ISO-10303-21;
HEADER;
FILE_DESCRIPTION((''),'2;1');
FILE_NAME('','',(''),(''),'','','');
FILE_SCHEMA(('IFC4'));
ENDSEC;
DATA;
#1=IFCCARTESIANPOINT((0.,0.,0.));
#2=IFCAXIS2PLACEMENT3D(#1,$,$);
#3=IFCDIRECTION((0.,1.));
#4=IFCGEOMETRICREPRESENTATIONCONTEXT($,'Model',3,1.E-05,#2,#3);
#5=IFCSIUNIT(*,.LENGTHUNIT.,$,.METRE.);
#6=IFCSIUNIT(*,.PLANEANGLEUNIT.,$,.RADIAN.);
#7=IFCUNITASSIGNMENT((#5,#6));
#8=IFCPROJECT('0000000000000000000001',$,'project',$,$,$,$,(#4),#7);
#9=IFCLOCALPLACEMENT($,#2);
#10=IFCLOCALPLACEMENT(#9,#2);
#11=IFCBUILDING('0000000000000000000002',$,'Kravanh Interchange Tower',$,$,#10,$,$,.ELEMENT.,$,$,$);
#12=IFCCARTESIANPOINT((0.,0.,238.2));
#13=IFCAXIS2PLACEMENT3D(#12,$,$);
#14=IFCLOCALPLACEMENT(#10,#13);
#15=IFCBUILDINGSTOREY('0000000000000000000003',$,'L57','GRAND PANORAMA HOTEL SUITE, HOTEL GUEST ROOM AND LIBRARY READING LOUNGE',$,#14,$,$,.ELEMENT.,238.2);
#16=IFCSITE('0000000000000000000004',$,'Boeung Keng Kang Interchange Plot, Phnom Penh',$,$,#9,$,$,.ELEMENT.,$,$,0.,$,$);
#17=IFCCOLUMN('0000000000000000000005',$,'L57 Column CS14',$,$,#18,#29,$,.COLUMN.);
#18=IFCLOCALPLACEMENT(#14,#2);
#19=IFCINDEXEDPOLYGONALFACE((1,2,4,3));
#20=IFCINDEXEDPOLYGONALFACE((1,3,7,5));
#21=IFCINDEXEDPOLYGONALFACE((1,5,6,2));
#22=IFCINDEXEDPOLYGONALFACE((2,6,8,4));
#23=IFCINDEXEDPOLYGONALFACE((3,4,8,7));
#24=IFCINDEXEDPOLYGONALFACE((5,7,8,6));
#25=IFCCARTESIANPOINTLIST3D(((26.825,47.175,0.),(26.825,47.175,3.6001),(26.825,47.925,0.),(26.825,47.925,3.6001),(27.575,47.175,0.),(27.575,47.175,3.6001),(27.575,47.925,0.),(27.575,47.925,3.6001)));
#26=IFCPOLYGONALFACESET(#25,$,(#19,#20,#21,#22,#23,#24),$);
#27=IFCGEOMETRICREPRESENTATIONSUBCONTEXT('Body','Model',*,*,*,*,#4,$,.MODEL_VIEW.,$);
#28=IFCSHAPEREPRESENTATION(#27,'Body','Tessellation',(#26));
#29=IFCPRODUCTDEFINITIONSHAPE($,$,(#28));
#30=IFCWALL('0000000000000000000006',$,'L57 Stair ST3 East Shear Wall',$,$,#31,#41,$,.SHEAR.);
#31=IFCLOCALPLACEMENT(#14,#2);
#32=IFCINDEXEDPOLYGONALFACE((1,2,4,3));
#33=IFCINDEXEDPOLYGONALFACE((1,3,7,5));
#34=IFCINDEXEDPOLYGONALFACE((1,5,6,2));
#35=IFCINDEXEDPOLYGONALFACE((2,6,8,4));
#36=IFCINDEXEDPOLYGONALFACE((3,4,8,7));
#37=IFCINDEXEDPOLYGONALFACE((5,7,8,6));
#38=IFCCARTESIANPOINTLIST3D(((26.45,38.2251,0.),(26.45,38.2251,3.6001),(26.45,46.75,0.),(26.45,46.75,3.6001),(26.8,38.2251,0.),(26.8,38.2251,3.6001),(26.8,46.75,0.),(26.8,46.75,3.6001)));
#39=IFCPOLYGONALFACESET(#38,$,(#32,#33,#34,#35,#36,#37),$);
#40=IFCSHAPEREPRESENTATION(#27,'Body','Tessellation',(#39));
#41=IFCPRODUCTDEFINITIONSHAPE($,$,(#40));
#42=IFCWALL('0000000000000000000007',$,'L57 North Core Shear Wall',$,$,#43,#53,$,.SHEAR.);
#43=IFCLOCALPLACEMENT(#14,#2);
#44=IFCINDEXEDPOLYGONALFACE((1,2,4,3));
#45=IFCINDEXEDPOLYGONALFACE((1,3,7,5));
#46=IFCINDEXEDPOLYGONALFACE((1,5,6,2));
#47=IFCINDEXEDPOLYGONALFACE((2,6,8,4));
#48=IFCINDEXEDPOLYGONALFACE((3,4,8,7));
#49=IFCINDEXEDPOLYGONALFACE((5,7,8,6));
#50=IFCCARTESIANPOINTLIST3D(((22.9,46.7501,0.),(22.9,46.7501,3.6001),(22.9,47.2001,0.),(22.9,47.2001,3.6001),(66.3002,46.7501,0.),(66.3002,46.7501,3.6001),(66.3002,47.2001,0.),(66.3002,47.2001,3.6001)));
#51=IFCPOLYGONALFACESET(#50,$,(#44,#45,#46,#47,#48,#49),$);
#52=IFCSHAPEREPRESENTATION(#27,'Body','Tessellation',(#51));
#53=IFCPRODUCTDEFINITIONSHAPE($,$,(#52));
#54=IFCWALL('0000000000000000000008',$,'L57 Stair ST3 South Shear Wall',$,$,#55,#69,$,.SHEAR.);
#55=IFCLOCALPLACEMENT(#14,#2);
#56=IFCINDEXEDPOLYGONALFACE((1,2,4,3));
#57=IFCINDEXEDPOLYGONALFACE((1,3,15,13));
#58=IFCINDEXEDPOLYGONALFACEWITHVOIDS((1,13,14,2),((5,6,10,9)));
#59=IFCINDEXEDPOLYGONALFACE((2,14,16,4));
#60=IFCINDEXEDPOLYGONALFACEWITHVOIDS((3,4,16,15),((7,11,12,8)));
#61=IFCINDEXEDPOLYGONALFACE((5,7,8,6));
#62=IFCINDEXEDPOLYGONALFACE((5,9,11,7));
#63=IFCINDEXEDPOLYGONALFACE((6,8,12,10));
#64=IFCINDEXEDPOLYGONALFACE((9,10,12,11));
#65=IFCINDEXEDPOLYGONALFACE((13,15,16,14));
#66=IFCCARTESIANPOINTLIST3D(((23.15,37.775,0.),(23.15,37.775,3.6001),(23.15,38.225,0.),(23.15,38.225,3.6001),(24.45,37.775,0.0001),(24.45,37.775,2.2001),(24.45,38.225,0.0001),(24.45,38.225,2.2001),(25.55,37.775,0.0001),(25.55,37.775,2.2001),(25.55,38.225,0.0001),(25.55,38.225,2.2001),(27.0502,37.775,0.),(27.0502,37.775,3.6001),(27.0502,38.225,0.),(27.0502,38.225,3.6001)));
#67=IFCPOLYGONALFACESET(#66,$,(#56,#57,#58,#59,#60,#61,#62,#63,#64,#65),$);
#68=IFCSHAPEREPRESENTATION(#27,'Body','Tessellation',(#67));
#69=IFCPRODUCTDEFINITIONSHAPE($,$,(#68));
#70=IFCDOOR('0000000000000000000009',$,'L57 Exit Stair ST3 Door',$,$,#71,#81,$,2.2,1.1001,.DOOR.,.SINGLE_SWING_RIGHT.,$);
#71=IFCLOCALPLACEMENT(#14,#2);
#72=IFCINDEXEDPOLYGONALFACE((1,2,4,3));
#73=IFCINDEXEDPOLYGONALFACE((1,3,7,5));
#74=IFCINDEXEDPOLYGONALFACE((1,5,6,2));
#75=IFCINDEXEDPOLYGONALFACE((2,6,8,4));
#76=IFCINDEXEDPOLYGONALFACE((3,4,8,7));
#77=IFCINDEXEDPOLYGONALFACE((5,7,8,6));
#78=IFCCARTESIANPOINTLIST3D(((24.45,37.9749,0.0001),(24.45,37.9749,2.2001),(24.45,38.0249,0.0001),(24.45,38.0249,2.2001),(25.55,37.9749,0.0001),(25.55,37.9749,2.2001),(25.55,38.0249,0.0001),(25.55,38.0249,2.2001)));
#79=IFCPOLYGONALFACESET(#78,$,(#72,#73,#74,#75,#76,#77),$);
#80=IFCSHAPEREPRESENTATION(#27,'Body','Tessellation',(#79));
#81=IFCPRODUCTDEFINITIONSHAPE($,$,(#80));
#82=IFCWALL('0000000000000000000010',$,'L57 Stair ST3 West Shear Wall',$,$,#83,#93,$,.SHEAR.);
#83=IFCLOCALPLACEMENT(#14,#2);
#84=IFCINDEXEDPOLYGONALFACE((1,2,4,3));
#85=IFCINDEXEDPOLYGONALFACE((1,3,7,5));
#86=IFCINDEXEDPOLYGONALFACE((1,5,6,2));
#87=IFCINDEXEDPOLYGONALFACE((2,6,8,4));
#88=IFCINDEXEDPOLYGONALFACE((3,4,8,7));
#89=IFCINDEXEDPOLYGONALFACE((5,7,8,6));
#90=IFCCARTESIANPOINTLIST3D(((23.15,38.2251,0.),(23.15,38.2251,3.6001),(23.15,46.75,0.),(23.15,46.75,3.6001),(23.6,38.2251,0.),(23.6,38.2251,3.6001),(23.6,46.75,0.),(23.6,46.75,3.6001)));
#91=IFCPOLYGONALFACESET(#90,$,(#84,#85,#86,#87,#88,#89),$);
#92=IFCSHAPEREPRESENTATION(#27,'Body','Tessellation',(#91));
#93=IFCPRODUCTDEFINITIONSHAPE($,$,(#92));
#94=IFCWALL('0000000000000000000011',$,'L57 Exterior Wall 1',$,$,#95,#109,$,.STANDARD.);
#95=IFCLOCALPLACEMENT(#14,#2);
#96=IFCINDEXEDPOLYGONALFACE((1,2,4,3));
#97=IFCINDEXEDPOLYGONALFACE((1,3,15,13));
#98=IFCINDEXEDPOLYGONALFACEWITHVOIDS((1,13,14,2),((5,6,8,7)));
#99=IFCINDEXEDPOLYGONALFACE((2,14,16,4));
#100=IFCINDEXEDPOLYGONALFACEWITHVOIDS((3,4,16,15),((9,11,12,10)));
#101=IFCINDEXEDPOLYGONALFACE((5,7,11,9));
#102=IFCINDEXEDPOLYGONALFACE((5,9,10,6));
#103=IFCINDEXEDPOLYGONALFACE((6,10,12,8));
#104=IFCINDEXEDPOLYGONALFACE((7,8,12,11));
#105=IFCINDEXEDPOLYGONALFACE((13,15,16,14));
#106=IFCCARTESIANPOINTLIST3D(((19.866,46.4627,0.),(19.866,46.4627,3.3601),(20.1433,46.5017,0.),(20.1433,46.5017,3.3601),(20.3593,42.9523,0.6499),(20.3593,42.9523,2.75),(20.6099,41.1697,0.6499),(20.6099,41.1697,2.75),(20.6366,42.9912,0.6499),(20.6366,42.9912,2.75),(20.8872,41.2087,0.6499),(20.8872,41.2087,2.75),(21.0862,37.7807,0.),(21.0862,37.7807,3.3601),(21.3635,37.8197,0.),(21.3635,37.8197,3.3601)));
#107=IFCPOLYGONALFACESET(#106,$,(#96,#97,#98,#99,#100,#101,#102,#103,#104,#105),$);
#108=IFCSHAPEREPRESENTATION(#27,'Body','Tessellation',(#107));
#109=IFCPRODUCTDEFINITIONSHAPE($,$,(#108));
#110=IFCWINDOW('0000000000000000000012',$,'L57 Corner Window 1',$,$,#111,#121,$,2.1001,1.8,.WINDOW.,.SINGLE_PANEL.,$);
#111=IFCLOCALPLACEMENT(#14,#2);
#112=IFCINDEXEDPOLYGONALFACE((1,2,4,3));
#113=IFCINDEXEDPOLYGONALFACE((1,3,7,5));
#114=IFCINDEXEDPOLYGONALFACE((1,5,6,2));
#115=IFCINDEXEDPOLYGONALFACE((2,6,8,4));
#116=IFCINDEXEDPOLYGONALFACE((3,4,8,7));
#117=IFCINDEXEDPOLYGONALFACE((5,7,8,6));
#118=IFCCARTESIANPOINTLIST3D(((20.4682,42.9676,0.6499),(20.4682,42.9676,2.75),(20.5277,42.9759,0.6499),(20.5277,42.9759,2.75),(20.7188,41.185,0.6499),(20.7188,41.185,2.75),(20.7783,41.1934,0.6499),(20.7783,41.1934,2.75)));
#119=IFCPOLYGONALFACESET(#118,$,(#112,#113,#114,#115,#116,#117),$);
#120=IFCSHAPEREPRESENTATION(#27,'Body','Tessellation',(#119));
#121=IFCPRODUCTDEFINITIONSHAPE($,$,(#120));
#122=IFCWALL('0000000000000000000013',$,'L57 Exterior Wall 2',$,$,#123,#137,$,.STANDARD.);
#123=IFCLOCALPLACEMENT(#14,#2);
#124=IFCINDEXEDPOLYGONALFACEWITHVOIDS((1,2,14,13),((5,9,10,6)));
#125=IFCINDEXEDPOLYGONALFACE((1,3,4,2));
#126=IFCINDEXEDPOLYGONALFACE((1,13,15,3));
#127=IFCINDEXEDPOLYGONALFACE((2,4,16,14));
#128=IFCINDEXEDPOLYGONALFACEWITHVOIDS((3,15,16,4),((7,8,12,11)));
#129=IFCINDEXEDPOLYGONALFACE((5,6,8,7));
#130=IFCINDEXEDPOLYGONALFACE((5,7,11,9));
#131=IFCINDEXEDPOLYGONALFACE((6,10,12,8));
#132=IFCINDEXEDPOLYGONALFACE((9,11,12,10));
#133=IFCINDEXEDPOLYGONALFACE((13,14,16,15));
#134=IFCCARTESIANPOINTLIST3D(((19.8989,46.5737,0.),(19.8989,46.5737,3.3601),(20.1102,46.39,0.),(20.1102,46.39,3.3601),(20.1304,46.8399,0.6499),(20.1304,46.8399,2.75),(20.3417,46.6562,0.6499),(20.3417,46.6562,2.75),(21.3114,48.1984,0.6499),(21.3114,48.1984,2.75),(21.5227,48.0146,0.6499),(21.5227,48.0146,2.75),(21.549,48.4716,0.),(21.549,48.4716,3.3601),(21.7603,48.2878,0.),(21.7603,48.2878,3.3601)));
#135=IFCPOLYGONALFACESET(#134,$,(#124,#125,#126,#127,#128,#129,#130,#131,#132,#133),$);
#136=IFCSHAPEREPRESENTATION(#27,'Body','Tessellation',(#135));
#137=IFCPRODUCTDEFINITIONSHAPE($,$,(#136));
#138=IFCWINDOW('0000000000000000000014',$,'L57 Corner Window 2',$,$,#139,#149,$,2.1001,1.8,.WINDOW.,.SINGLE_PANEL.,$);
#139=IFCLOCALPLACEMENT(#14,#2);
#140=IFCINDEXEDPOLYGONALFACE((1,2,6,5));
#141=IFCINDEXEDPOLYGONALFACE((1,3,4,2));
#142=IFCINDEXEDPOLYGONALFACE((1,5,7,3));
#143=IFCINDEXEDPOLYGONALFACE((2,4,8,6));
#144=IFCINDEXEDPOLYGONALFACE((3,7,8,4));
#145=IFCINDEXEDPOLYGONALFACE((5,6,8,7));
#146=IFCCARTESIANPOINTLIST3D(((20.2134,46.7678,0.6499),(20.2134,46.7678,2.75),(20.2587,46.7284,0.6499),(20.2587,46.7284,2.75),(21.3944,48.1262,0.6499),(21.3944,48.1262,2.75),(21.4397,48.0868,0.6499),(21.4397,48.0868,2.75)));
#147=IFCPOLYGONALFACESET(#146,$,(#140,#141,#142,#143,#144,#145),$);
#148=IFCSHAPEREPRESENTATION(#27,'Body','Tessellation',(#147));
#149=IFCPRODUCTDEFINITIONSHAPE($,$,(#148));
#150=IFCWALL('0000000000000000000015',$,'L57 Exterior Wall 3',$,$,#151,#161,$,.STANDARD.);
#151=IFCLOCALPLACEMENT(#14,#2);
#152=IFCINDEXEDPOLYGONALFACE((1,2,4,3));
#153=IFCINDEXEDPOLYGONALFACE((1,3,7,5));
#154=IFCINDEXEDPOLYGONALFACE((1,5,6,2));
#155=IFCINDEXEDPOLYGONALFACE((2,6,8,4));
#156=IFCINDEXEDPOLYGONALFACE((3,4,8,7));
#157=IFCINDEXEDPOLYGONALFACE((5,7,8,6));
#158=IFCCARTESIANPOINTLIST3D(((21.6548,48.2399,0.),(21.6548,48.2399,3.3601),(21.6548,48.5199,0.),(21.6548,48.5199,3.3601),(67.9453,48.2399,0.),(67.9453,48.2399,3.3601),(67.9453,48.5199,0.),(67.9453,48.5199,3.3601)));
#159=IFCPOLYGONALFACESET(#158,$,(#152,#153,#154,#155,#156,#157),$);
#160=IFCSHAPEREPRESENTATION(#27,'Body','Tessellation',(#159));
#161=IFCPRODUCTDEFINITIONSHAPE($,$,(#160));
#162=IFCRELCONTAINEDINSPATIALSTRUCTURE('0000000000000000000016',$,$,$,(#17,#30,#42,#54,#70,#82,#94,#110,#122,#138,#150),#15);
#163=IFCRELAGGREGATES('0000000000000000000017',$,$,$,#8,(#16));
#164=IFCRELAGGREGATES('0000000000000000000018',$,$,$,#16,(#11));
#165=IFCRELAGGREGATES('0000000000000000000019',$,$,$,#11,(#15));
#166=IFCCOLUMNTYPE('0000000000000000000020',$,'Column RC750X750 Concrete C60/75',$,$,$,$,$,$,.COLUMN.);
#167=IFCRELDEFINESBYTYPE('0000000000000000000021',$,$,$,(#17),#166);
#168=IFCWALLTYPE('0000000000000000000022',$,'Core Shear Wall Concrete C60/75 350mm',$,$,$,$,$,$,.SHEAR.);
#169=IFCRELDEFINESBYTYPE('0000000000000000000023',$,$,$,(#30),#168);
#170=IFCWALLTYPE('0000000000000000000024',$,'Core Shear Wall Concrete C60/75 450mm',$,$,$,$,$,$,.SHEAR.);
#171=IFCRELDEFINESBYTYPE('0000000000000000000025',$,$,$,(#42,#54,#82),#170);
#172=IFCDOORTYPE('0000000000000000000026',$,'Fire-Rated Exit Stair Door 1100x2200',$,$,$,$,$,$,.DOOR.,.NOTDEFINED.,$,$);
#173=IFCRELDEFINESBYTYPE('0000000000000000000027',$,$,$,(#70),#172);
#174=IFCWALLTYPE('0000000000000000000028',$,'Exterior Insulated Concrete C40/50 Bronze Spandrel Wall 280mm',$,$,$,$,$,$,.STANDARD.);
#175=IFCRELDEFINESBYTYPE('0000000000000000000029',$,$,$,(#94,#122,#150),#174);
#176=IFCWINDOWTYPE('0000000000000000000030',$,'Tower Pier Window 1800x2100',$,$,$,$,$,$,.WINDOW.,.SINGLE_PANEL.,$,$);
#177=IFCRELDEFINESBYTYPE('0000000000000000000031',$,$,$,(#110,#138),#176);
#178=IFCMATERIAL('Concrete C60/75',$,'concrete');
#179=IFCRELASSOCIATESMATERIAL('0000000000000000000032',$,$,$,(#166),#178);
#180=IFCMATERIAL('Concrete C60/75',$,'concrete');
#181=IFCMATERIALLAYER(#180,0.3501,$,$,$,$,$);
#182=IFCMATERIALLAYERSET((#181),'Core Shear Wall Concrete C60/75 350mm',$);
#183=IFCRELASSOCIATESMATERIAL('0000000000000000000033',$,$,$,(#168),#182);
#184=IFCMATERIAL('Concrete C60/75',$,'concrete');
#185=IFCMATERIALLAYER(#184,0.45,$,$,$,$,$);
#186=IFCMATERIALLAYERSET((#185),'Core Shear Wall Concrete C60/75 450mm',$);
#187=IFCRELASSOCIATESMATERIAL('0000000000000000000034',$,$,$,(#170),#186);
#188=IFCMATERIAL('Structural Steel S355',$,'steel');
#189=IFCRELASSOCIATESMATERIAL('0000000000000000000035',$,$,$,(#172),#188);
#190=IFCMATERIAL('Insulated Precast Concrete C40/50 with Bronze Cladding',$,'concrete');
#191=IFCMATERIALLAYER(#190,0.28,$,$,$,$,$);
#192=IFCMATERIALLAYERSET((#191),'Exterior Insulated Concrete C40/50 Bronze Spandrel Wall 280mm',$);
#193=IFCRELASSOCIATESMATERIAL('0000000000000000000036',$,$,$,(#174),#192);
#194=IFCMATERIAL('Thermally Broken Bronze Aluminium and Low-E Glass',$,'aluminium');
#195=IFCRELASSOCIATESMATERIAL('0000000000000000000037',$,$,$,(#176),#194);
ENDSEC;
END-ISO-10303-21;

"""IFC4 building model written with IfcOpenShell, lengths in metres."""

from ifc_helpers import new_model, si_unit, direction, frame, frame_2d, origin, origin_2d, place, context, subcontext, project, spatial, rectangle, extrude, material, layer, layer_set, material_profile, profile_set, type_object, element, fill, save


model = new_model("IFC4")

# Units and contexts
model_context = context("Model", 3, precision=1e-05, world=origin(), true_north=direction((0.0, 1.0)))
body_context = subcontext(model_context, "Body", "Model", "MODEL_VIEW")
ifc_project = project(units=[si_unit("LENGTHUNIT", "METRE"), si_unit("PLANEANGLEUNIT", "RADIAN")], contexts=[model_context])

# Site, building, storey
site_placement = place(None, origin())
site = spatial("IfcSite", under=ifc_project, at=site_placement, Name="Boeung Keng Kang Interchange Plot, Phnom Penh", CompositionType="ELEMENT", RefElevation=0.0)
building_placement = place(site_placement, origin())
building = spatial("IfcBuilding", under=site, at=building_placement, Name="Kravanh Interchange Tower", CompositionType="ELEMENT")
storey_placement = place(building_placement, frame((0.0, 0.0, 238.2)))
storey = spatial("IfcBuildingStorey", under=building, at=storey_placement, Name="L57", Description="GRAND PANORAMA HOTEL SUITE, HOTEL GUEST ROOM AND LIBRARY READING LOUNGE", CompositionType="ELEMENT", Elevation=238.2)

# Column
ifc_material_1 = material(Name="Concrete C60/75", Category="concrete")
ifc_material_profile = material_profile(ifc_material_1, rectangle(XDim=0.75, YDim=0.75, at=origin_2d()), Name="RC750X750")
ifc_profile_set = profile_set([ifc_material_profile], Name="Concrete C60/75")
column_type = type_object("IfcColumnType", Name="Column RC750X750 Concrete C60/75", PredefinedType="COLUMN", material=ifc_profile_set)
column_placement = place(storey_placement, frame((27.2, 47.55, 0.0), z_axis=(0.0, 0.0, 1.0), x_axis=(1.0, 0.0, 0.0)))
element("IfcColumn", 1, at=column_placement, inside=storey, type_object=column_type, Name="L57 Column CS14", PredefinedType="COLUMN", context=body_context, shape_type="SweptSolid", body=[
    extrude(rectangle(XDim=0.75, YDim=0.75, at=origin_2d()), origin(), (0.0, 0.0, 1.0), 3.6001),
])

# Walls
ifc_material_2 = material(Name="Concrete C60/75", Category="concrete")
ifc_layer_1 = layer(ifc_material_2, 0.3501)
ifc_layer_set_1 = layer_set([ifc_layer_1], Name="Core Shear Wall Concrete C60/75 350mm")
wall_type_1 = type_object("IfcWallType", Name="Core Shear Wall Concrete C60/75 350mm", PredefinedType="SHEAR", material=ifc_layer_set_1)
wall_1_placement = place(storey_placement, frame((26.625, 38.2251, 0.0), z_axis=(0.0, 0.0, 1.0), x_axis=(0.0, 1.0, 0.0)))
element("IfcWall", 2, at=wall_1_placement, inside=storey, type_object=wall_type_1, Name="L57 Stair ST3 East Shear Wall", PredefinedType="SHEAR", context=body_context, shape_type="SweptSolid", body=[
    extrude(rectangle(XDim=8.5249, YDim=0.3501, at=frame_2d((4.2625, 0.0))), origin(), (0.0, 0.0, 1.0), 3.6001),
])
ifc_material_3 = material(Name="Concrete C60/75", Category="concrete")
ifc_layer_2 = layer(ifc_material_3, 0.45)
ifc_layer_set_2 = layer_set([ifc_layer_2], Name="Core Shear Wall Concrete C60/75 450mm")
wall_type_2 = type_object("IfcWallType", Name="Core Shear Wall Concrete C60/75 450mm", PredefinedType="SHEAR", material=ifc_layer_set_2)
wall_2_placement = place(storey_placement, frame((22.8999, 46.9751, 0.0), z_axis=(0.0, 0.0, 1.0), x_axis=(1.0, 0.0, 0.0)))
element("IfcWall", 3, at=wall_2_placement, inside=storey, type_object=wall_type_2, Name="L57 North Core Shear Wall", PredefinedType="SHEAR", context=body_context, shape_type="SweptSolid", body=[
    extrude(rectangle(XDim=43.4001, YDim=0.45, at=frame_2d((21.7002, 0.0))), origin(), (0.0, 0.0, 1.0), 3.6001),
])

# Wall, opening, door
wall_3_placement = place(storey_placement, frame((23.1499, 38.0, 0.0), z_axis=(0.0, 0.0, 1.0), x_axis=(1.0, 0.0, 0.0)))
wall_3 = element("IfcWall", 4, at=wall_3_placement, inside=storey, type_object=wall_type_2, Name="L57 Stair ST3 South Shear Wall", PredefinedType="SHEAR", context=body_context, shape_type="SweptSolid", body=[
    extrude(rectangle(XDim=3.9001, YDim=0.45, at=frame_2d((1.9502, 0.0))), origin(), (0.0, 0.0, 1.0), 3.6001),
])
opening_1_placement = place(wall_3_placement, frame((1.3, 0.0, 0.0)))
opening_1 = element("IfcOpeningElement", 5, at=opening_1_placement, cuts=wall_3, PredefinedType="OPENING", context=body_context, shape_type="SweptSolid", body=[
    extrude(rectangle(XDim=1.1001, YDim=2.2, at=frame_2d((0.55, 1.1001))), frame((0.0, 0.2349, 0.0), z_axis=(0.0, -1.0, 0.0), x_axis=(1.0, 0.0, 0.0)), (0.0, 0.0, 1.0), 0.47),
])
ifc_material_4 = material(Name="Structural Steel S355", Category="steel")
door_type_1 = type_object("IfcDoorType", Name="Fire-Rated Exit Stair Door 1100x2200", OperationType="NOTDEFINED", PredefinedType="DOOR", material=ifc_material_4)
door_1_placement = place(opening_1_placement, origin())
door_1 = element("IfcDoor", 6, at=door_1_placement, inside=storey, type_object=door_type_1, Name="L57 Exit Stair ST3 Door", OperationType="SINGLE_SWING_RIGHT", OverallHeight=2.2, OverallWidth=1.1001, PredefinedType="DOOR", context=body_context, shape_type="SweptSolid", body=[
    extrude(rectangle(XDim=1.1001, YDim=2.2, at=frame_2d((0.55, 1.1001))), frame((0.0, 0.0249, 0.0), z_axis=(0.0, -1.0, 0.0), x_axis=(1.0, 0.0, 0.0)), (0.0, 0.0, 1.0), 0.05),
])
fill(opening_1, door_1)

# Wall
wall_4_placement = place(storey_placement, frame((23.375, 38.2251, 0.0), z_axis=(0.0, 0.0, 1.0), x_axis=(0.0, 1.0, 0.0)))
element("IfcWall", 7, at=wall_4_placement, inside=storey, type_object=wall_type_2, Name="L57 Stair ST3 West Shear Wall", PredefinedType="SHEAR", context=body_context, shape_type="SweptSolid", body=[
    extrude(rectangle(XDim=8.5249, YDim=0.45, at=frame_2d((4.2625, 0.0))), origin(), (0.0, 0.0, 1.0), 3.6001),
])

# Walls, openings, windows
ifc_material_5 = material(Name="Insulated Precast Concrete C40/50 with Bronze Cladding", Category="concrete")
ifc_layer_3 = layer(ifc_material_5, 0.28)
ifc_layer_set_3 = layer_set([ifc_layer_3], Name="Exterior Insulated Concrete C40/50 Bronze Spandrel Wall 280mm")
wall_type_3 = type_object("IfcWallType", Name="Exterior Insulated Concrete C40/50 Bronze Spandrel Wall 280mm", PredefinedType="STANDARD", material=ifc_layer_set_3)
wall_5_placement = place(storey_placement, frame((21.2249, 37.8, 0.0), z_axis=(0.0, 0.0, 1.0), x_axis=(-0.139179, 0.990267, 0.0)))
wall_5 = element("IfcWall", 8, at=wall_5_placement, inside=storey, type_object=wall_type_3, Name="L57 Exterior Wall 1", PredefinedType="STANDARD", context=body_context, shape_type="SweptSolid", body=[
    extrude(rectangle(XDim=8.7673, YDim=0.28, at=frame_2d((4.3838, 0.0))), origin(), (0.0, 0.0, 1.0), 3.3601),
])
opening_2_placement = place(wall_5_placement, frame((3.4226, 0.0, 0.6499)))
opening_2 = element("IfcOpeningElement", 9, at=opening_2_placement, cuts=wall_5, PredefinedType="OPENING", context=body_context, shape_type="SweptSolid", body=[
    extrude(rectangle(XDim=1.8, YDim=2.1001, at=frame_2d((0.8999, 1.05))), frame((0.0, 0.1499, 0.0), z_axis=(0.0, -1.0, 0.0), x_axis=(1.0, 0.0, 0.0)), (0.0, 0.0, 1.0), 0.3),
])
ifc_material_6 = material(Name="Thermally Broken Bronze Aluminium and Low-E Glass", Category="aluminium")
window_type = type_object("IfcWindowType", Name="Tower Pier Window 1800x2100", PartitioningType="SINGLE_PANEL", PredefinedType="WINDOW", material=ifc_material_6)
window_1_placement = place(opening_2_placement, origin())
window_1 = element("IfcWindow", 10, at=window_1_placement, inside=storey, type_object=window_type, Name="L57 Corner Window 1", OverallHeight=2.1001, OverallWidth=1.8, PartitioningType="SINGLE_PANEL", PredefinedType="WINDOW", context=body_context, shape_type="SweptSolid", body=[
    extrude(rectangle(XDim=1.8, YDim=2.1001, at=frame_2d((0.8999, 1.05))), frame((0.0, 0.03, 0.0), z_axis=(0.0, -1.0, 0.0), x_axis=(1.0, 0.0, 0.0)), (0.0, 0.0, 1.0), 0.0601),
])
fill(opening_2, window_1)
wall_6_placement = place(storey_placement, frame((20.0046, 46.4819, 0.0), z_axis=(0.0, 0.0, 1.0), x_axis=(0.656123, 0.754654, 0.0)))
wall_6 = element("IfcWall", 11, at=wall_6_placement, inside=storey, type_object=wall_type_3, Name="L57 Exterior Wall 2", PredefinedType="STANDARD", context=body_context, shape_type="SweptSolid", body=[
    extrude(rectangle(XDim=2.5149, YDim=0.28, at=frame_2d((1.2573, 0.0))), origin(), (0.0, 0.0, 1.0), 3.3601),
])
opening_3_placement = place(wall_6_placement, frame((0.3528, 0.0, 0.6499)))
opening_3 = element("IfcOpeningElement", 12, at=opening_3_placement, cuts=wall_6, PredefinedType="OPENING", context=body_context, shape_type="SweptSolid", body=[
    extrude(rectangle(XDim=1.8, YDim=2.1001, at=frame_2d((0.8999, 1.05))), frame((0.0, 0.1499, 0.0), z_axis=(0.0, -1.0, 0.0), x_axis=(1.0, 0.0, 0.0)), (0.0, 0.0, 1.0), 0.3),
])
window_2_placement = place(opening_3_placement, origin())
window_2 = element("IfcWindow", 13, at=window_2_placement, inside=storey, type_object=window_type, Name="L57 Corner Window 2", OverallHeight=2.1001, OverallWidth=1.8, PartitioningType="SINGLE_PANEL", PredefinedType="WINDOW", context=body_context, shape_type="SweptSolid", body=[
    extrude(rectangle(XDim=1.8, YDim=2.1001, at=frame_2d((0.8999, 1.05))), frame((0.0, 0.03, 0.0), z_axis=(0.0, -1.0, 0.0), x_axis=(1.0, 0.0, 0.0)), (0.0, 0.0, 1.0), 0.0601),
])
fill(opening_3, window_2)

# Wall
wall_7_placement = place(storey_placement, frame((21.6548, 48.3799, 0.0), z_axis=(0.0, 0.0, 1.0), x_axis=(1.0, 0.0, 0.0)))
element("IfcWall", 14, at=wall_7_placement, inside=storey, type_object=wall_type_3, Name="L57 Exterior Wall 3", PredefinedType="STANDARD", context=body_context, shape_type="SweptSolid", body=[
    extrude(rectangle(XDim=46.2905, YDim=0.28, at=frame_2d((23.1453, 0.0))), origin(), (0.0, 0.0, 1.0), 3.3601),
])

save(model, "model.ifc")
